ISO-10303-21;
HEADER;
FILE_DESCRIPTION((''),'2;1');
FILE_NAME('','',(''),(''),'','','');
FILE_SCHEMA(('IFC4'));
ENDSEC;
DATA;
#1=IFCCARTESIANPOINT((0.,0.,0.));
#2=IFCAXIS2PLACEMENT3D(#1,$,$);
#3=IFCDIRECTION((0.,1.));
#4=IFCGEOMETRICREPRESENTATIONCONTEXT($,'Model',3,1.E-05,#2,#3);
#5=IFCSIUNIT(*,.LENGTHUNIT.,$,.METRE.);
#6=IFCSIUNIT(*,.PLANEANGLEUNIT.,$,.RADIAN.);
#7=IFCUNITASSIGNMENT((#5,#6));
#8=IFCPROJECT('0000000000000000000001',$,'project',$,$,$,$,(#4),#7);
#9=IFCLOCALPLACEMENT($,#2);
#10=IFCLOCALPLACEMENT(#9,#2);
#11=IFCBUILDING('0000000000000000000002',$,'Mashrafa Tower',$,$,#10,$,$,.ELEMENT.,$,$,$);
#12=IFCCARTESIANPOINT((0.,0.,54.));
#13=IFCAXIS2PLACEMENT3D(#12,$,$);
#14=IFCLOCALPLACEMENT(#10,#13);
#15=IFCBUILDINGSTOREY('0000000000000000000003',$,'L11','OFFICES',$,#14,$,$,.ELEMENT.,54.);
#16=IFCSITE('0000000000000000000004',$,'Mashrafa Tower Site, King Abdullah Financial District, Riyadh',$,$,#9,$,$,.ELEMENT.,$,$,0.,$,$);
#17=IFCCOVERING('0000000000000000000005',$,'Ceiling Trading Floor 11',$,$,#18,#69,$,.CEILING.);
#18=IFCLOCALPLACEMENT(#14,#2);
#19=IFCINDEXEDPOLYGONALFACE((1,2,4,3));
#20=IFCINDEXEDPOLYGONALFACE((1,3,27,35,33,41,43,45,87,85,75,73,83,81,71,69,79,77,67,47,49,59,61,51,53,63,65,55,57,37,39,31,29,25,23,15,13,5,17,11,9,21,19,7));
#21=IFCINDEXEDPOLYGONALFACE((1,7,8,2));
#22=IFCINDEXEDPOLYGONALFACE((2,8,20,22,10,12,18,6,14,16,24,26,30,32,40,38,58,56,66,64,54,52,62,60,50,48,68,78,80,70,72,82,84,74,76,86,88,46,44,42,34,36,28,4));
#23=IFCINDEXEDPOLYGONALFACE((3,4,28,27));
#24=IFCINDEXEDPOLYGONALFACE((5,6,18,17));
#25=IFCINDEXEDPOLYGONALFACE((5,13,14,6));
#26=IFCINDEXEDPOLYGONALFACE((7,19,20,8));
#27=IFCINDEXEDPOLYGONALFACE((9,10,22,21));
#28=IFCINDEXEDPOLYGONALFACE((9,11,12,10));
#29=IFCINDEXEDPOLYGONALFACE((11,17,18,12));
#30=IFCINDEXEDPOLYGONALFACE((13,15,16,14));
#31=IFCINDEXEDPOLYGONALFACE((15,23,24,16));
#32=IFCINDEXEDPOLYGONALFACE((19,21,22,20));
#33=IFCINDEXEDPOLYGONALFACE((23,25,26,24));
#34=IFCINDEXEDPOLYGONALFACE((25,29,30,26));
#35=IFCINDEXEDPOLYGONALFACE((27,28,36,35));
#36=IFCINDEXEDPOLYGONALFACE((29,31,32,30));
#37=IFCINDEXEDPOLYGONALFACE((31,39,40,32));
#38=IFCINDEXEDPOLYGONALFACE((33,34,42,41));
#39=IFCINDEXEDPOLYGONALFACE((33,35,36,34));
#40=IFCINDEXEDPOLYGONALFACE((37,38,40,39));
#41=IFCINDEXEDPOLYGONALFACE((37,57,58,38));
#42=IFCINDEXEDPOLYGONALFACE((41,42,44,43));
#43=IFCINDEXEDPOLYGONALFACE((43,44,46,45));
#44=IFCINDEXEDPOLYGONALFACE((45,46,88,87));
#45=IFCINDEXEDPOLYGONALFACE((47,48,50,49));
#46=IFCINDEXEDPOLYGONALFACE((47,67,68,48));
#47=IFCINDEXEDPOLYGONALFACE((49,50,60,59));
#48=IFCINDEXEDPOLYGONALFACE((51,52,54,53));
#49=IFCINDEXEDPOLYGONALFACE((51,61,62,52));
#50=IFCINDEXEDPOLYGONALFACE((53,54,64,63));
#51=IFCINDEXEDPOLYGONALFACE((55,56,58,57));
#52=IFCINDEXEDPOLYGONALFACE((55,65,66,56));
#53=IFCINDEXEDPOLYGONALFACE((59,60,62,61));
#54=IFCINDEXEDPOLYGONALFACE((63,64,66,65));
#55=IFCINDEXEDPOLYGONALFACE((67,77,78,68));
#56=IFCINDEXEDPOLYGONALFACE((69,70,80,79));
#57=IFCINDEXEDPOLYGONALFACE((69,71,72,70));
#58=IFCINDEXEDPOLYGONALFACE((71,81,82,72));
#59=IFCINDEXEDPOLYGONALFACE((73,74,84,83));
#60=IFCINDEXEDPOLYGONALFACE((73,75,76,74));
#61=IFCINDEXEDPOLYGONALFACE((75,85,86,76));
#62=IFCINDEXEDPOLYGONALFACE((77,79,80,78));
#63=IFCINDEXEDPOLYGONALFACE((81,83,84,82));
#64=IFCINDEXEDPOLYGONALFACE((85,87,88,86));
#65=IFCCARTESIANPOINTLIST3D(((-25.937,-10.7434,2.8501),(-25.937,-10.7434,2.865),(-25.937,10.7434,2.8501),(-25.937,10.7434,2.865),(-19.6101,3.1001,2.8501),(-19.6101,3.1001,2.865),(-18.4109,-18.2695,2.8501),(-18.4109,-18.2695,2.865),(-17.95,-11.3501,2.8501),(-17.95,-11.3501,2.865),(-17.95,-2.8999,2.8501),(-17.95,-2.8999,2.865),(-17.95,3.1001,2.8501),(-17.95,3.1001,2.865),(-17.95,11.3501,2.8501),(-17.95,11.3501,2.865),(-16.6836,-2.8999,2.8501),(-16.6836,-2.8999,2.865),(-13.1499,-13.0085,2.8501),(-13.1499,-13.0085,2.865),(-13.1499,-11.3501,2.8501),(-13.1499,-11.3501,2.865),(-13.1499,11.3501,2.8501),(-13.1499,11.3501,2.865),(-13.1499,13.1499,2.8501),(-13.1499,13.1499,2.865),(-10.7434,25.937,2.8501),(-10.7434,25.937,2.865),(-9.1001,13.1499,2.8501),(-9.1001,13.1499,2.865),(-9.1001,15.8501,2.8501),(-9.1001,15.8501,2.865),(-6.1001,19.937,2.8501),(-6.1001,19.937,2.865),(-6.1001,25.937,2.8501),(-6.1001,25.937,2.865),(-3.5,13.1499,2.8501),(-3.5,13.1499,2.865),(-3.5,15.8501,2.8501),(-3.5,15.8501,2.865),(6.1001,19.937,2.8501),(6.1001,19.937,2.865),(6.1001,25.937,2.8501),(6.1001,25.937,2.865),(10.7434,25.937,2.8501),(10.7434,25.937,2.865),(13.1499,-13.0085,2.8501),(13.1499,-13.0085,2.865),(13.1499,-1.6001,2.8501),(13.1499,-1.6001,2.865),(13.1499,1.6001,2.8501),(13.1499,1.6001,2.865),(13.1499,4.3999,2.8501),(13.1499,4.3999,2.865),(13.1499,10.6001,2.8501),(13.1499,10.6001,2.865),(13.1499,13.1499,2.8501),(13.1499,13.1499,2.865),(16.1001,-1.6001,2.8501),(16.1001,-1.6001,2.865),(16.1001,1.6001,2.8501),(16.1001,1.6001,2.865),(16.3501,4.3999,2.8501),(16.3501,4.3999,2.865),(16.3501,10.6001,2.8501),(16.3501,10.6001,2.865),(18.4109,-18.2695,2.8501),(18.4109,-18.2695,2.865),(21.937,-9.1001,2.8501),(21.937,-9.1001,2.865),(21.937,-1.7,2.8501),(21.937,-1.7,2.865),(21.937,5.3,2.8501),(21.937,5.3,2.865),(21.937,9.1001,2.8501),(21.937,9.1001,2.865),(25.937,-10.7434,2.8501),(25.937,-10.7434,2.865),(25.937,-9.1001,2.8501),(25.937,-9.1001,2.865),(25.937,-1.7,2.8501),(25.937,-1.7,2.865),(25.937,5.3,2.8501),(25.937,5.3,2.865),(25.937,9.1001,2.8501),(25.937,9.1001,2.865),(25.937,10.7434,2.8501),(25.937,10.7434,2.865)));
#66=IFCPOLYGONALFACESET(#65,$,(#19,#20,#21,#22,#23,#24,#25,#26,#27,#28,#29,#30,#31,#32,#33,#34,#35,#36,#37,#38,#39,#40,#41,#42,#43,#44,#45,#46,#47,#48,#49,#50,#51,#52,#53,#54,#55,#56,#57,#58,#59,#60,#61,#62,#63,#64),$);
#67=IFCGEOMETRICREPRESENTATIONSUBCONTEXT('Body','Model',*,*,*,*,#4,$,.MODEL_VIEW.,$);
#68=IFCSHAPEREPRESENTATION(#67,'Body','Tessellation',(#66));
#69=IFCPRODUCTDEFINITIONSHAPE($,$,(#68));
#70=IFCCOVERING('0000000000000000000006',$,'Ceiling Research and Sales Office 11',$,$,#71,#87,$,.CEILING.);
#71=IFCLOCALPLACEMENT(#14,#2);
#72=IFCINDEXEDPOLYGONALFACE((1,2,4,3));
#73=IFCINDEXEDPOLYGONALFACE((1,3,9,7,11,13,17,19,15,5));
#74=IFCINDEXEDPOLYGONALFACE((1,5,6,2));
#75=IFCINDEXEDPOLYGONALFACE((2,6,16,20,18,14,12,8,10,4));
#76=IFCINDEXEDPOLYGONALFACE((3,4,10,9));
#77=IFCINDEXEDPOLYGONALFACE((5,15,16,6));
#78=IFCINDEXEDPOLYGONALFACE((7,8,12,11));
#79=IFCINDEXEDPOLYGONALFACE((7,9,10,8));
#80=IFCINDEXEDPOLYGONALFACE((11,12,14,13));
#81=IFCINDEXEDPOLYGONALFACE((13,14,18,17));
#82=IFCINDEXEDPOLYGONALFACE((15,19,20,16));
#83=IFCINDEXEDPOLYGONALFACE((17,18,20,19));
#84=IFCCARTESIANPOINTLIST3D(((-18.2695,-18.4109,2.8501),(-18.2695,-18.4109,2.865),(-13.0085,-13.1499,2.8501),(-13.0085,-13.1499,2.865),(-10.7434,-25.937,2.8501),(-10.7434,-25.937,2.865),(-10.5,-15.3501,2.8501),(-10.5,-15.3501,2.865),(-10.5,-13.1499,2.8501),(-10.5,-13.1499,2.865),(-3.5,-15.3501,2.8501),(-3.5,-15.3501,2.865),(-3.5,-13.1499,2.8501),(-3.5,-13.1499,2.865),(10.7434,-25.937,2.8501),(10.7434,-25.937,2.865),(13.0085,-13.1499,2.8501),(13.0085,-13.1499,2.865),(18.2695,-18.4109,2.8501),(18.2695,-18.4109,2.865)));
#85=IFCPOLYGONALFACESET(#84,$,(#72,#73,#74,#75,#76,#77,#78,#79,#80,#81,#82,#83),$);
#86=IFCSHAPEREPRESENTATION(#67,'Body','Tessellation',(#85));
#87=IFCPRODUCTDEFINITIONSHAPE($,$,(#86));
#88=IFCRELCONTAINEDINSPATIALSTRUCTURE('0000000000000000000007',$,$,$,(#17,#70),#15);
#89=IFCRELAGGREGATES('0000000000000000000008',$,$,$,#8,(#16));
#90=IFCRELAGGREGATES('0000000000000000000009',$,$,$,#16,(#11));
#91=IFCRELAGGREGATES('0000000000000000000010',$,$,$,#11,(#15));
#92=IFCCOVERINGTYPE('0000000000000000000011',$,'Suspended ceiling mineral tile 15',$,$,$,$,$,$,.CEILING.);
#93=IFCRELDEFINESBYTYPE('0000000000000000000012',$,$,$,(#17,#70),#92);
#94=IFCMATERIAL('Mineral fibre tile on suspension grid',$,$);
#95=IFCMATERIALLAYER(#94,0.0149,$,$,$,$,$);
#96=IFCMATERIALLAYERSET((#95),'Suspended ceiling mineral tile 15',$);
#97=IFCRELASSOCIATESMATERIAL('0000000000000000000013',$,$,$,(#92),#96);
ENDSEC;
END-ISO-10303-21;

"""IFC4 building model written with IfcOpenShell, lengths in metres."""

from ifc_helpers import new_model, si_unit, direction, frame, origin, place, context, subcontext, project, spatial, polyline, outline, extrude, material, layer, layer_set, type_object, element, save


model = new_model("IFC4")

# Units and contexts
model_context = context("Model", 3, precision=1e-05, world=origin(), true_north=direction((0.0, 1.0)))
body_context = subcontext(model_context, "Body", "Model", "MODEL_VIEW")
ifc_project = project(units=[si_unit("LENGTHUNIT", "METRE"), si_unit("PLANEANGLEUNIT", "RADIAN")], contexts=[model_context])

# Site, building, storey
site_placement = place(None, origin())
site = spatial("IfcSite", under=ifc_project, at=site_placement, Name="Mashrafa Tower Site, King Abdullah Financial District, Riyadh", CompositionType="ELEMENT", RefElevation=0.0)
building_placement = place(site_placement, origin())
building = spatial("IfcBuilding", under=site, at=building_placement, Name="Mashrafa Tower", CompositionType="ELEMENT")
storey_placement = place(building_placement, frame((0.0, 0.0, 54.0)))
storey = spatial("IfcBuildingStorey", under=building, at=storey_placement, Name="L11", Description="OFFICES", CompositionType="ELEMENT", Elevation=54.0)

# Coverings
ifc_material_1 = material(Name="Mineral fibre tile on suspension grid")
ifc_layer_1 = layer(ifc_material_1, 0.0149)
ifc_layer_set_1 = layer_set([ifc_layer_1], Name="Suspended ceiling mineral tile 15")
covering_type = type_object("IfcCoveringType", Name="Suspended ceiling mineral tile 15", PredefinedType="CEILING", material=ifc_layer_set_1)
covering_1_placement = place(storey_placement, frame((0.0, 0.0, 2.8501)))
element("IfcCovering", 1, at=covering_1_placement, inside=storey, type_object=covering_type, Name="Ceiling Trading Floor 11", PredefinedType="CEILING", context=body_context, shape_type="SweptSolid", body=[
    extrude(outline(polyline([(-13.1499, -13.0085), (-18.4109, -18.2695), (-25.937, -10.7434), (-25.937, 10.7434), (-10.7434, 25.937), (-6.1001, 25.937), (-6.1001, 19.937), (6.1001, 19.937), (6.1001, 25.937), (10.7434, 25.937), (25.937, 10.7434), (25.937, 9.1001), (21.937, 9.1001), (21.937, 5.3), (25.937, 5.3), (25.937, -1.7), (21.937, -1.7), (21.937, -9.1001), (25.937, -9.1001), (25.937, -10.7434), (18.4109, -18.2695), (13.1499, -13.0085), (13.1499, -1.6001), (16.1001, -1.6001), (16.1001, 1.6001), (13.1499, 1.6001), (13.1499, 4.3999), (16.3501, 4.3999), (16.3501, 10.6001), (13.1499, 10.6001), (13.1499, 13.1499), (-3.5, 13.1499), (-3.5, 15.8501), (-9.1001, 15.8501), (-9.1001, 13.1499), (-13.1499, 13.1499), (-13.1499, 11.3501), (-17.95, 11.3501), (-17.95, 3.1001), (-19.6101, 3.1001), (-16.6836, -2.8999), (-17.95, -2.8999), (-17.95, -11.3501), (-13.1499, -11.3501), (-13.1499, -13.0085)])), origin(), (0.0, 0.0, 1.0), 0.0149),
])
covering_2_placement = place(storey_placement, frame((0.0, 0.0, 2.8501)))
element("IfcCovering", 2, at=covering_2_placement, inside=storey, type_object=covering_type, Name="Ceiling Research and Sales Office 11", PredefinedType="CEILING", context=body_context, shape_type="SweptSolid", body=[
    extrude(outline(polyline([(13.0085, -13.1499), (18.2695, -18.4109), (10.7434, -25.937), (-10.7434, -25.937), (-18.2695, -18.4109), (-13.0085, -13.1499), (-10.5, -13.1499), (-10.5, -15.3501), (-3.5, -15.3501), (-3.5, -13.1499), (13.0085, -13.1499)])), origin(), (0.0, 0.0, 1.0), 0.0149),
])

save(model, "model.ifc")
